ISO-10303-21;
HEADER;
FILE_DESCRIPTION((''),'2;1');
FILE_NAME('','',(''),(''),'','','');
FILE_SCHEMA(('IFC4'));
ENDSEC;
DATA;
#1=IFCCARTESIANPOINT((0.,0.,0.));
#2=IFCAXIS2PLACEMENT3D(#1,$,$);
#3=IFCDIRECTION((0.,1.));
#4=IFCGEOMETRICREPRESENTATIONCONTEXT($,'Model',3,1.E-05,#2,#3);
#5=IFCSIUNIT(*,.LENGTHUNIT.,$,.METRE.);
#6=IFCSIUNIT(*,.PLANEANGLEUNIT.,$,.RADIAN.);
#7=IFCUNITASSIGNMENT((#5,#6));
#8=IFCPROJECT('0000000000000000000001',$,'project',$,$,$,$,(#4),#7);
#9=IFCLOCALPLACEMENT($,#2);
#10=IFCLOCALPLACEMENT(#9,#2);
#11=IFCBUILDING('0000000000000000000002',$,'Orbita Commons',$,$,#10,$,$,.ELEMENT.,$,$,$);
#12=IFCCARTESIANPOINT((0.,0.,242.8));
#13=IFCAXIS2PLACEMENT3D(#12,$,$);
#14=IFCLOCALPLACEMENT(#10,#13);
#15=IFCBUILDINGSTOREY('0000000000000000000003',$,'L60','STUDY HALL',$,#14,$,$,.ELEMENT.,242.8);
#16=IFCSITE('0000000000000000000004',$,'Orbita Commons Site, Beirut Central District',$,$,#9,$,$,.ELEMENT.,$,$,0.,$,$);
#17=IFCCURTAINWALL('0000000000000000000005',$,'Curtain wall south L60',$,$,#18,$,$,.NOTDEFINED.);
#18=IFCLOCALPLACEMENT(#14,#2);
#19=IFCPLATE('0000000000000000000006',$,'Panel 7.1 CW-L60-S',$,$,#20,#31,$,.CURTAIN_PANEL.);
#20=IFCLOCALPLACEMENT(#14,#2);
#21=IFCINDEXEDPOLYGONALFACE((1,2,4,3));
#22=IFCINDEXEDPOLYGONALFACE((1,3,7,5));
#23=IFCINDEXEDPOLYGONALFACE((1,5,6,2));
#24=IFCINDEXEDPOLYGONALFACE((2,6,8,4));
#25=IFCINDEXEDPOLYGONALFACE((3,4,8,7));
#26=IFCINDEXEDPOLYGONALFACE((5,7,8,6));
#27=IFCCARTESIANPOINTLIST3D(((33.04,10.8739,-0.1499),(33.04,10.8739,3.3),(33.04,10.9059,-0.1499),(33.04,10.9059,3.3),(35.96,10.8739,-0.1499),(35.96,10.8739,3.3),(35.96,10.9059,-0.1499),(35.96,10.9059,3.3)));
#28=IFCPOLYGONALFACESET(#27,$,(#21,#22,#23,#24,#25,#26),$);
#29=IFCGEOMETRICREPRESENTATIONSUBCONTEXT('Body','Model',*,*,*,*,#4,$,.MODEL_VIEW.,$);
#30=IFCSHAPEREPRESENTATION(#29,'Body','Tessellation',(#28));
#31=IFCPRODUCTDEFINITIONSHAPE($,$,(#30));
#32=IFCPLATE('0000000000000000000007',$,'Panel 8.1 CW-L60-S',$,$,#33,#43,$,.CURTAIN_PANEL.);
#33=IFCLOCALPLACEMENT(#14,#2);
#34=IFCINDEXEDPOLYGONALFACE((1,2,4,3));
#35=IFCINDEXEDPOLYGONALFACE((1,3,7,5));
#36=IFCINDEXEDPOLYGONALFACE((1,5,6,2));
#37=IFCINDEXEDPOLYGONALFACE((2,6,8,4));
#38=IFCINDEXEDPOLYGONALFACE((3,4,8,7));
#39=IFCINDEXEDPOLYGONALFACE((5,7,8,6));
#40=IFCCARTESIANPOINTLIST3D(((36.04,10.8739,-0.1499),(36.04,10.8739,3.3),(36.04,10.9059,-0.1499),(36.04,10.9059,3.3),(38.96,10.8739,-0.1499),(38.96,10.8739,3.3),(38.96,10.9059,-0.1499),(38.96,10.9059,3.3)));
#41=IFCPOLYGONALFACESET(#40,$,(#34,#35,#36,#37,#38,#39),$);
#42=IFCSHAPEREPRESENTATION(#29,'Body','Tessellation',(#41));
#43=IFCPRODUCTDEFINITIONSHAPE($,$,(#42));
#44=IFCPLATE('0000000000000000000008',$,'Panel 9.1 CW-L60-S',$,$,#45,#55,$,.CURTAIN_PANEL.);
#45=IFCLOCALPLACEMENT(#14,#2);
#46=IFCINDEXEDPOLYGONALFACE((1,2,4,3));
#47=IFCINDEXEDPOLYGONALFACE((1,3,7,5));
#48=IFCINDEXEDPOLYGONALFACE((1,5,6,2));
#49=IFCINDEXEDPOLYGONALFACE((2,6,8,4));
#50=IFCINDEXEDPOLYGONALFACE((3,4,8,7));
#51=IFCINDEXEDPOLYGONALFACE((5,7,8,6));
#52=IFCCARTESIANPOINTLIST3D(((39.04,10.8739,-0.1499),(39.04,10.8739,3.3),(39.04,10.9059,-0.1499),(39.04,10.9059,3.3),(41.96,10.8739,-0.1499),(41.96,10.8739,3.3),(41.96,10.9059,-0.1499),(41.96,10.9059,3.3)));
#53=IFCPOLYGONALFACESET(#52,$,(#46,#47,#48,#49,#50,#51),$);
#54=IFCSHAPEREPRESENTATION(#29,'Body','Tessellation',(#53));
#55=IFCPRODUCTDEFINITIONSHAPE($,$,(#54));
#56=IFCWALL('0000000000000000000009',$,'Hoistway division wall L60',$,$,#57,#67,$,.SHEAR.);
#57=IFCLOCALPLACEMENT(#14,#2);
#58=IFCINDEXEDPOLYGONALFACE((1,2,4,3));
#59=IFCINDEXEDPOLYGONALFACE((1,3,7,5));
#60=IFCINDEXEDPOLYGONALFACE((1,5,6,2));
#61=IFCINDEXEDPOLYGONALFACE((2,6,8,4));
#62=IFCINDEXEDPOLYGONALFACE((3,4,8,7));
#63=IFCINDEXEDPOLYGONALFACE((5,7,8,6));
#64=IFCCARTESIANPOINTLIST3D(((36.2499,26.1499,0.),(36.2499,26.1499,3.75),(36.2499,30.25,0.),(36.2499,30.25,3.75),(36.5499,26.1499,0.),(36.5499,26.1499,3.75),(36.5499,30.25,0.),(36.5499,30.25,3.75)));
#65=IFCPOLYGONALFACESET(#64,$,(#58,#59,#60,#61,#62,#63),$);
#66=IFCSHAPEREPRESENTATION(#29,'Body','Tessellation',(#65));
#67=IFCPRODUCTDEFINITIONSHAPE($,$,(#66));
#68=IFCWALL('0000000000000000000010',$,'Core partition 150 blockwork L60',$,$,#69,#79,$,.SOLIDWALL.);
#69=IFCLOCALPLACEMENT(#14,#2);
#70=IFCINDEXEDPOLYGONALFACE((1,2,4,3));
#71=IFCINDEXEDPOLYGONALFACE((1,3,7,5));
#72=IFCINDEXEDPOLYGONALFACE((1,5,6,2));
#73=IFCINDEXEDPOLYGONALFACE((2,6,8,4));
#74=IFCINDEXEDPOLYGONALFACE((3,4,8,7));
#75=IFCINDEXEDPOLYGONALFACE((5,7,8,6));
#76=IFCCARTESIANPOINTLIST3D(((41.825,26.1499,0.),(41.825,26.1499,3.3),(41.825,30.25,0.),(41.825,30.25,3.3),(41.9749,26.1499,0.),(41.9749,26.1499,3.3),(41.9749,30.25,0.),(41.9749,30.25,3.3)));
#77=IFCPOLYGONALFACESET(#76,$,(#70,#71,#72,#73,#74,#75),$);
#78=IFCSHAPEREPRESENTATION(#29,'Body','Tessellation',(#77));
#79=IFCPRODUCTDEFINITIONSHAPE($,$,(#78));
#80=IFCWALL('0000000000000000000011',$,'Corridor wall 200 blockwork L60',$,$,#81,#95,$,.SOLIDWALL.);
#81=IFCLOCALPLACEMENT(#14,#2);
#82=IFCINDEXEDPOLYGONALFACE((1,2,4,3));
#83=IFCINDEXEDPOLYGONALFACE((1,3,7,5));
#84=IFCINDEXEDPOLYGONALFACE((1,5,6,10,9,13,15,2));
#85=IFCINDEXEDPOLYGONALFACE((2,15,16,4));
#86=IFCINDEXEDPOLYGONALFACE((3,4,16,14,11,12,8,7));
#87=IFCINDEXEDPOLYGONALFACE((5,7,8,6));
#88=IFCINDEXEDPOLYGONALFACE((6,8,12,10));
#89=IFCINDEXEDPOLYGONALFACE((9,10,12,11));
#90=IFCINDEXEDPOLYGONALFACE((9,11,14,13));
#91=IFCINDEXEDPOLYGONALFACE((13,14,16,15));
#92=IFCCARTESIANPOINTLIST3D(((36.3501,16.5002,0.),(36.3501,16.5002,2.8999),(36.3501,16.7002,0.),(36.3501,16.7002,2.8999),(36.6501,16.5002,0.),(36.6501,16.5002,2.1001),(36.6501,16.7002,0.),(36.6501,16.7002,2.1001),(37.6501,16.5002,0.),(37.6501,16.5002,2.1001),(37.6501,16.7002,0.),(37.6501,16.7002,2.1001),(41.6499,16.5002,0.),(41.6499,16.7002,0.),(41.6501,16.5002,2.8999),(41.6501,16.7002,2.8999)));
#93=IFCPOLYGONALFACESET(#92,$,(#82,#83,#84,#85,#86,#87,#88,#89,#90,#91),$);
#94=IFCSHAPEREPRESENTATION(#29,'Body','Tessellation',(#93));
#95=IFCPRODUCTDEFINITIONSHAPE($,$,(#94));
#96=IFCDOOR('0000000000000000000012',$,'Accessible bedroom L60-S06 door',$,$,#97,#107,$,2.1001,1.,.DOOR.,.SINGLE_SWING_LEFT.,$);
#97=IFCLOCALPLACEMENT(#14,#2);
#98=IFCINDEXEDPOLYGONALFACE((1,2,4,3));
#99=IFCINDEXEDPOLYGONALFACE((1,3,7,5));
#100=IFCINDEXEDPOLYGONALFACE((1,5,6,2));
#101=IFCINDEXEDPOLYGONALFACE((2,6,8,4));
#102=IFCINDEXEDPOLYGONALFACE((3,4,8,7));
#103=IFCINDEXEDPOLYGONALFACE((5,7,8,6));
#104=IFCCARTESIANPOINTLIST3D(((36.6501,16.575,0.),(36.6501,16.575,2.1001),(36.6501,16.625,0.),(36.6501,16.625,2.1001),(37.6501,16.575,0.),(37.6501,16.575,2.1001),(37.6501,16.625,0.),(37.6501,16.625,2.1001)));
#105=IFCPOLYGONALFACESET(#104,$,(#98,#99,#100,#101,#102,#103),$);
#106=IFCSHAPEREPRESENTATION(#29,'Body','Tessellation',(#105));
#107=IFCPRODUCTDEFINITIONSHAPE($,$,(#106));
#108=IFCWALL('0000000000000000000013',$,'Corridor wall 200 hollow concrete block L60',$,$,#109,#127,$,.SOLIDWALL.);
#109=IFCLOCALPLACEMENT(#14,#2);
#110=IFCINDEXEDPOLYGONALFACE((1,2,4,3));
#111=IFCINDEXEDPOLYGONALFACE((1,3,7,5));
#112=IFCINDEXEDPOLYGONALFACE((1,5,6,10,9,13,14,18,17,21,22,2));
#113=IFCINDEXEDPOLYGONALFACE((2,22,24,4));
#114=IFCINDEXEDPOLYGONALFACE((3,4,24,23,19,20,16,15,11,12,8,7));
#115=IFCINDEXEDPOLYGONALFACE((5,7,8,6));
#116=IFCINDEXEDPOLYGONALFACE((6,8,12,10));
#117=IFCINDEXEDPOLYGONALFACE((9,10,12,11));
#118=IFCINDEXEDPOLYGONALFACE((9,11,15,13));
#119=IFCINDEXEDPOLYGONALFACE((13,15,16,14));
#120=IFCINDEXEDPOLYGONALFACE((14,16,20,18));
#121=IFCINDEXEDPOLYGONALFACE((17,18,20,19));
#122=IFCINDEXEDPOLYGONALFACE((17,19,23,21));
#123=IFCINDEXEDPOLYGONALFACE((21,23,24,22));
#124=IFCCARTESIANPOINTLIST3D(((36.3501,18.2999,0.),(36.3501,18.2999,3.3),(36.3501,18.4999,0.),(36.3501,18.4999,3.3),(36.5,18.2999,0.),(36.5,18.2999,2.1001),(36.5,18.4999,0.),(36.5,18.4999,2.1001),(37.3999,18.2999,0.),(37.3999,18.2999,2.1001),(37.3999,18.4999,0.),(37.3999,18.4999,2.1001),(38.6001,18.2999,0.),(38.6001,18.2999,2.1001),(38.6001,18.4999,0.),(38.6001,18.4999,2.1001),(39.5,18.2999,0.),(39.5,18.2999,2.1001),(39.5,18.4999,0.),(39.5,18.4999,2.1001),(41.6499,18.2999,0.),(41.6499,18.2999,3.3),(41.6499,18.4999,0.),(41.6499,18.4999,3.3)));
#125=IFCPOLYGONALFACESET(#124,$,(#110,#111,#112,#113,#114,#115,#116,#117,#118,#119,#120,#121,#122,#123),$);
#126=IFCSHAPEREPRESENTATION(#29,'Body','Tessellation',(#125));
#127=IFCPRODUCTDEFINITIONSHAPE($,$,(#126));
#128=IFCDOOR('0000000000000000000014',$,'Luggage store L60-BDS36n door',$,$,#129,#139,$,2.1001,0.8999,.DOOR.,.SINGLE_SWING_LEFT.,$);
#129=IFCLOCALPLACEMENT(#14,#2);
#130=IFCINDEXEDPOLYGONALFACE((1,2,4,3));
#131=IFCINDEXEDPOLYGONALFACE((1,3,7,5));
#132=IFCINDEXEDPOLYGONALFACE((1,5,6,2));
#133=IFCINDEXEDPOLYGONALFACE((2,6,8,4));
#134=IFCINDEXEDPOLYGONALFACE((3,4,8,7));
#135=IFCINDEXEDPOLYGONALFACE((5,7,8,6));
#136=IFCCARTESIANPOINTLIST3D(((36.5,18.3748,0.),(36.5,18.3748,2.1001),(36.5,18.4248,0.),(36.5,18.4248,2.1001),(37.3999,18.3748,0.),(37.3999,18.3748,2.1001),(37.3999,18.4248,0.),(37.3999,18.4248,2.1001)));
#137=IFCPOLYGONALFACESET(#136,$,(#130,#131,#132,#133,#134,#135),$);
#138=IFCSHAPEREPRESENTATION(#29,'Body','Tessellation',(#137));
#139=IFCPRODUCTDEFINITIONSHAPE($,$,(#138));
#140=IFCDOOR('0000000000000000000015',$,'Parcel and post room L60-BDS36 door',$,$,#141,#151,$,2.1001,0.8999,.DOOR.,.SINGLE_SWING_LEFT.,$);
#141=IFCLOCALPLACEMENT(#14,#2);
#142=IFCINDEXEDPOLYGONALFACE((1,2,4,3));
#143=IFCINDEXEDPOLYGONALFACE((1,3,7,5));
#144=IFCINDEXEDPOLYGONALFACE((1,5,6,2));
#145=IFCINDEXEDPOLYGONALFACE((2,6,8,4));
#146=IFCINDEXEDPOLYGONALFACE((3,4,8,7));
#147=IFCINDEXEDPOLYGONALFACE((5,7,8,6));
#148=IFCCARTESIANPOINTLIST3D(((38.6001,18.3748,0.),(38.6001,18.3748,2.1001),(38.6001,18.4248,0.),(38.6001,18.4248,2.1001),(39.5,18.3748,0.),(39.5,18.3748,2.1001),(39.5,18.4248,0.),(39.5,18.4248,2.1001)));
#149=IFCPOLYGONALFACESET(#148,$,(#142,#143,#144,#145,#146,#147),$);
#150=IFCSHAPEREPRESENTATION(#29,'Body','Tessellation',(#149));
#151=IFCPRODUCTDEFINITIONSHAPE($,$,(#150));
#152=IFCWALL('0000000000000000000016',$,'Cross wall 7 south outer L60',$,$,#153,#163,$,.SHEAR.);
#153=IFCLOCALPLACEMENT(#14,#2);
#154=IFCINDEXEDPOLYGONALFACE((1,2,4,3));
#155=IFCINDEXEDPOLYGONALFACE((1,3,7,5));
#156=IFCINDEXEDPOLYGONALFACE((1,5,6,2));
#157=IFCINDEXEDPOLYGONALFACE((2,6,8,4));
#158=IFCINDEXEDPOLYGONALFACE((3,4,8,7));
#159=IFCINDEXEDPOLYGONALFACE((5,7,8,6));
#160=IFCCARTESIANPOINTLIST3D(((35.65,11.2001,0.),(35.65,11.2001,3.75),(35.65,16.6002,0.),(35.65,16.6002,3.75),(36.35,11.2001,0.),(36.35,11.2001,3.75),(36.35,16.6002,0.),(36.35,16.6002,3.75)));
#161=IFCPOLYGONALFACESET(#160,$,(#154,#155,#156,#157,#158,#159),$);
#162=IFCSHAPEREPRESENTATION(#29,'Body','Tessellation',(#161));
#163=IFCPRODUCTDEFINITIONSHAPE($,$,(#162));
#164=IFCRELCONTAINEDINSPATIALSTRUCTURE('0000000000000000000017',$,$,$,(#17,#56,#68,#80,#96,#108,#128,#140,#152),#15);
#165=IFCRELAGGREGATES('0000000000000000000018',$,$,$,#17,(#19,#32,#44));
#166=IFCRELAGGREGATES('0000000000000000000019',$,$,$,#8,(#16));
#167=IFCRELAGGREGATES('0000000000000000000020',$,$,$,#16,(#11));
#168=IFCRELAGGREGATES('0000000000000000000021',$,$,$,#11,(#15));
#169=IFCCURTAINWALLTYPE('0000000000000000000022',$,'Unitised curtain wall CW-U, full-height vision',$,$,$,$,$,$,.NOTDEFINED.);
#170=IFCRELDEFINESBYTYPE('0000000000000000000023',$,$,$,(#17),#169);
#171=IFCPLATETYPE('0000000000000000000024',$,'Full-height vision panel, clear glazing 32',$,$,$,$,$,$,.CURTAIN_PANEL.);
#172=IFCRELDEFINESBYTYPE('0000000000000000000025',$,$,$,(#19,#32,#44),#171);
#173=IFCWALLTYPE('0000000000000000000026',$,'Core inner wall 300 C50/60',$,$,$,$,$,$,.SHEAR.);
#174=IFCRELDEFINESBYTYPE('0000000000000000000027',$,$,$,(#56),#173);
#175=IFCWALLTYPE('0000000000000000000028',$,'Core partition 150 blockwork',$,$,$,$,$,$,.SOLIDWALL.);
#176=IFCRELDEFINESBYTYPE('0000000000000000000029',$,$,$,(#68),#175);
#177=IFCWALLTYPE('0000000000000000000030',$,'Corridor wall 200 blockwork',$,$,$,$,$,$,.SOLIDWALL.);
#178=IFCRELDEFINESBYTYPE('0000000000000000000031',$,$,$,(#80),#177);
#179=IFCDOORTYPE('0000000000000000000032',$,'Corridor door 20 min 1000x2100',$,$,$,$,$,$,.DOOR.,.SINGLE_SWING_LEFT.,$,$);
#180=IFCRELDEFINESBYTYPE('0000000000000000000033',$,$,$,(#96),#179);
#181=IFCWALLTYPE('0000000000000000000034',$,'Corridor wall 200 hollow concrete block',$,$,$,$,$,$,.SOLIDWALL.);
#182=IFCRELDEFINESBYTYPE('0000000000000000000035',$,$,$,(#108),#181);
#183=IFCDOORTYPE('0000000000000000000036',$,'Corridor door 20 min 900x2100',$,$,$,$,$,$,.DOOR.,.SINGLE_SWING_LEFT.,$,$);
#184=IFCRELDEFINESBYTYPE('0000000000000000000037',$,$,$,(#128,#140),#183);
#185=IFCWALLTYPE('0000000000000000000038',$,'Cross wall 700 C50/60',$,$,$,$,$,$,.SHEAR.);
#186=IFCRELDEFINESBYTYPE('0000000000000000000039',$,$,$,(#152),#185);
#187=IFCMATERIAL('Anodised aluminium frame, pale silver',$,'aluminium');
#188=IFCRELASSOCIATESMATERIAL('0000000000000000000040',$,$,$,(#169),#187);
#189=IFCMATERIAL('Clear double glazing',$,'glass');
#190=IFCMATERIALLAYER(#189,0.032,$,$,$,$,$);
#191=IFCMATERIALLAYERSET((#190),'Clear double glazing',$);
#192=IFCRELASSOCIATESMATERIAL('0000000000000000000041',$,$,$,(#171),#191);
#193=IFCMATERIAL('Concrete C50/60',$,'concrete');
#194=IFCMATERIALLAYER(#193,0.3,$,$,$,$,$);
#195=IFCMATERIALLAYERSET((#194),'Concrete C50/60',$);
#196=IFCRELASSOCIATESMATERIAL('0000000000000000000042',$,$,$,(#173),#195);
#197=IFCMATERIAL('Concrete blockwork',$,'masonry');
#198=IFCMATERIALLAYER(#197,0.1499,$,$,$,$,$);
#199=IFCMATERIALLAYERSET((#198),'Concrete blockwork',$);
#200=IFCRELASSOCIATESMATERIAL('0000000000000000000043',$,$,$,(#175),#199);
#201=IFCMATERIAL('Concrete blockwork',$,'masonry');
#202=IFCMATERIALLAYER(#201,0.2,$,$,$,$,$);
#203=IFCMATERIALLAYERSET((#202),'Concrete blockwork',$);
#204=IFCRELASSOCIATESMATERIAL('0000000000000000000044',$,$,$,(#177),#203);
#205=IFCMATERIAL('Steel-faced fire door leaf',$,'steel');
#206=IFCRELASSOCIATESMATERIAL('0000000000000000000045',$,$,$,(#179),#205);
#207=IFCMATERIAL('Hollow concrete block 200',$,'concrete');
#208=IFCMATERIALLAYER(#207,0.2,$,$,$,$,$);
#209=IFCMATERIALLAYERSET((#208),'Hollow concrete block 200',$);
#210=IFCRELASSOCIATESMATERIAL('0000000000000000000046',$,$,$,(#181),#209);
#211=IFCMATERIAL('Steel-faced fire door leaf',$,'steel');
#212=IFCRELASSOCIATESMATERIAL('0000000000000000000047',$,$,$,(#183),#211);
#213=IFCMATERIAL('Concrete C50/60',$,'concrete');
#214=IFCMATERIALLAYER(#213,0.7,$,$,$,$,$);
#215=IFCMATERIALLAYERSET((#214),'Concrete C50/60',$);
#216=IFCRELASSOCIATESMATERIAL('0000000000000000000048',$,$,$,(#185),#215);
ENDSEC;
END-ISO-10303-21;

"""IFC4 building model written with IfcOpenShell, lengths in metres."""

from ifc_helpers import new_model, si_unit, direction, frame, frame_2d, origin, origin_2d, place, context, subcontext, project, spatial, polyline, rectangle, outline, extrude, material, layer, layer_set, type_object, element, fill, aggregate, save


model = new_model("IFC4")

# Units and contexts
model_context = context("Model", 3, precision=1e-05, world=origin(), true_north=direction((0.0, 1.0)))
body_context = subcontext(model_context, "Body", "Model", "MODEL_VIEW")
ifc_project = project(units=[si_unit("LENGTHUNIT", "METRE"), si_unit("PLANEANGLEUNIT", "RADIAN")], contexts=[model_context])

# Site, building, storey
site_placement = place(None, origin())
site = spatial("IfcSite", under=ifc_project, at=site_placement, Name="Orbita Commons Site, Beirut Central District", CompositionType="ELEMENT", RefElevation=0.0)
building_placement = place(site_placement, origin())
building = spatial("IfcBuilding", under=site, at=building_placement, Name="Orbita Commons", CompositionType="ELEMENT")
storey_placement = place(building_placement, frame((0.0, 0.0, 242.8)))
storey = spatial("IfcBuildingStorey", under=building, at=storey_placement, Name="L60", Description="STUDY HALL", CompositionType="ELEMENT", Elevation=242.8)

# Curtain wall
ifc_material_1 = material(Name="Anodised aluminium frame, pale silver", Category="aluminium")
curtain_wall_type = type_object("IfcCurtainWallType", Name="Unitised curtain wall CW-U, full-height vision", PredefinedType="NOTDEFINED", material=ifc_material_1)
curtain_wall_placement = place(storey_placement, origin())
curtain_wall = element("IfcCurtainWall", 1, at=curtain_wall_placement, inside=storey, type_object=curtain_wall_type, Name="Curtain wall south L60", PredefinedType="NOTDEFINED")

# Plates
ifc_material_2 = material(Name="Clear double glazing", Category="glass")
ifc_layer_1 = layer(ifc_material_2, 0.032)
ifc_layer_set_1 = layer_set([ifc_layer_1], Name="Clear double glazing")
plate_type = type_object("IfcPlateType", Name="Full-height vision panel, clear glazing 32", PredefinedType="CURTAIN_PANEL", material=ifc_layer_set_1)
plate_1_placement = place(storey_placement, frame((34.5, 10.8899, -0.1499), z_axis=(0.0, 0.0, 1.0), x_axis=(1.0, 0.0, 0.0)))
plate_1 = element("IfcPlate", 2, at=plate_1_placement, type_object=plate_type, Name="Panel 7.1 CW-L60-S", PredefinedType="CURTAIN_PANEL", context=body_context, shape_type="SweptSolid", body=[
    extrude(rectangle(XDim=2.9199, YDim=0.032, at=origin_2d()), origin(), (0.0, 0.0, 1.0), 3.45),
])
plate_2_placement = place(storey_placement, frame((37.5, 10.8899, -0.1499), z_axis=(0.0, 0.0, 1.0), x_axis=(1.0, 0.0, 0.0)))
plate_2 = element("IfcPlate", 3, at=plate_2_placement, type_object=plate_type, Name="Panel 8.1 CW-L60-S", PredefinedType="CURTAIN_PANEL", context=body_context, shape_type="SweptSolid", body=[
    extrude(rectangle(XDim=2.9199, YDim=0.032, at=origin_2d()), origin(), (0.0, 0.0, 1.0), 3.45),
])
plate_3_placement = place(storey_placement, frame((40.5, 10.8899, -0.1499), z_axis=(0.0, 0.0, 1.0), x_axis=(1.0, 0.0, 0.0)))
plate_3 = element("IfcPlate", 4, at=plate_3_placement, type_object=plate_type, Name="Panel 9.1 CW-L60-S", PredefinedType="CURTAIN_PANEL", context=body_context, shape_type="SweptSolid", body=[
    extrude(rectangle(XDim=2.9199, YDim=0.032, at=origin_2d()), origin(), (0.0, 0.0, 1.0), 3.45),
])
aggregate(curtain_wall, [plate_1, plate_2, plate_3])

# Walls
ifc_material_3 = material(Name="Concrete C50/60", Category="concrete")
ifc_layer_2 = layer(ifc_material_3, 0.3)
ifc_layer_set_2 = layer_set([ifc_layer_2], Name="Concrete C50/60")
wall_type_1 = type_object("IfcWallType", Name="Core inner wall 300 C50/60", PredefinedType="SHEAR", material=ifc_layer_set_2)
wall_1_placement = place(storey_placement, frame((36.3999, 26.1499, 0.0), z_axis=(0.0, 0.0, 1.0), x_axis=(0.0, 1.0, 0.0)))
element("IfcWall", 5, at=wall_1_placement, inside=storey, type_object=wall_type_1, Name="Hoistway division wall L60", PredefinedType="SHEAR", context=body_context, shape_type="SweptSolid", body=[
    extrude(rectangle(XDim=4.1001, YDim=0.3, at=frame_2d((2.05, 0.0))), origin(), (0.0, 0.0, 1.0), 3.75),
])
ifc_material_4 = material(Name="Concrete blockwork", Category="masonry")
ifc_layer_3 = layer(ifc_material_4, 0.1499)
ifc_layer_set_3 = layer_set([ifc_layer_3], Name="Concrete blockwork")
wall_type_2 = type_object("IfcWallType", Name="Core partition 150 blockwork", PredefinedType="SOLIDWALL", material=ifc_layer_set_3)
wall_2_placement = place(storey_placement, frame((41.8999, 26.1499, 0.0), z_axis=(0.0, 0.0, 1.0), x_axis=(0.0, 1.0, 0.0)))
element("IfcWall", 6, at=wall_2_placement, inside=storey, type_object=wall_type_2, Name="Core partition 150 blockwork L60", PredefinedType="SOLIDWALL", context=body_context, shape_type="SweptSolid", body=[
    extrude(rectangle(XDim=4.1001, YDim=0.1499, at=frame_2d((2.05, 0.0))), origin(), (0.0, 0.0, 1.0), 3.3),
])

# Wall, opening, door
ifc_material_5 = material(Name="Concrete blockwork", Category="masonry")
ifc_layer_4 = layer(ifc_material_5, 0.2)
ifc_layer_set_4 = layer_set([ifc_layer_4], Name="Concrete blockwork")
wall_type_3 = type_object("IfcWallType", Name="Corridor wall 200 blockwork", PredefinedType="SOLIDWALL", material=ifc_layer_set_4)
wall_3_placement = place(storey_placement, frame((36.3501, 16.6001, 0.0), z_axis=(0.0, 0.0, 1.0), x_axis=(1.0, 0.0, 0.0)))
wall_3 = element("IfcWall", 7, at=wall_3_placement, inside=storey, type_object=wall_type_3, Name="Corridor wall 200 blockwork L60", PredefinedType="SOLIDWALL", context=body_context, shape_type="SweptSolid", body=[
    extrude(outline(polyline([(0.0, 0.0), (5.2998, 0.0), (5.3, 2.8999), (0.0, 2.8999), (0.0, 0.0)])), frame((0.0, 0.1001, 0.0), z_axis=(0.0, -1.0, 0.0), x_axis=(1.0, 0.0, 0.0)), (0.0, 0.0, 1.0), 0.2),
])
opening_1_placement = place(wall_3_placement, frame((0.3, 0.0, 0.0)))
opening_1 = element("IfcOpeningElement", 8, at=opening_1_placement, cuts=wall_3, PredefinedType="OPENING", context=body_context, shape_type="SweptSolid", body=[
    extrude(rectangle(XDim=1.0, YDim=2.1001, at=frame_2d((0.5, 1.05))), frame((0.0, 0.1099, 0.0), z_axis=(0.0, -1.0, 0.0), x_axis=(1.0, 0.0, 0.0)), (0.0, 0.0, 1.0), 0.22),
])
ifc_material_6 = material(Name="Steel-faced fire door leaf", Category="steel")
door_type_1 = type_object("IfcDoorType", Name="Corridor door 20 min 1000x2100", OperationType="SINGLE_SWING_LEFT", PredefinedType="DOOR", material=ifc_material_6)
door_1_placement = place(opening_1_placement, origin())
door_1 = element("IfcDoor", 9, at=door_1_placement, inside=storey, type_object=door_type_1, Name="Accessible bedroom L60-S06 door", OperationType="SINGLE_SWING_LEFT", OverallHeight=2.1001, OverallWidth=1.0, PredefinedType="DOOR", context=body_context, shape_type="SweptSolid", body=[
    extrude(rectangle(XDim=1.0, YDim=2.1001, at=frame_2d((0.5, 1.05))), frame((0.0, 0.0249, 0.0), z_axis=(0.0, -1.0, 0.0), x_axis=(1.0, 0.0, 0.0)), (0.0, 0.0, 1.0), 0.05),
])
fill(opening_1, door_1)

# Wall, openings, doors
ifc_material_7 = material(Name="Hollow concrete block 200", Category="concrete")
ifc_layer_5 = layer(ifc_material_7, 0.2)
ifc_layer_set_5 = layer_set([ifc_layer_5], Name="Hollow concrete block 200")
wall_type_4 = type_object("IfcWallType", Name="Corridor wall 200 hollow concrete block", PredefinedType="SOLIDWALL", material=ifc_layer_set_5)
wall_4_placement = place(storey_placement, frame((36.3501, 18.3999, 0.0), z_axis=(0.0, 0.0, 1.0), x_axis=(1.0, 0.0, 0.0)))
wall_4 = element("IfcWall", 10, at=wall_4_placement, inside=storey, type_object=wall_type_4, Name="Corridor wall 200 hollow concrete block L60", PredefinedType="SOLIDWALL", context=body_context, shape_type="SweptSolid", body=[
    extrude(rectangle(XDim=5.2998, YDim=0.2, at=frame_2d((2.6499, 0.0))), origin(), (0.0, 0.0, 1.0), 3.3),
])
opening_2_placement = place(wall_4_placement, frame((0.1499, 0.0, 0.0)))
opening_2 = element("IfcOpeningElement", 11, at=opening_2_placement, cuts=wall_4, PredefinedType="OPENING", context=body_context, shape_type="SweptSolid", body=[
    extrude(rectangle(XDim=0.8999, YDim=2.1001, at=frame_2d((0.45, 1.05))), frame((0.0, 0.1099, 0.0), z_axis=(0.0, -1.0, 0.0), x_axis=(1.0, 0.0, 0.0)), (0.0, 0.0, 1.0), 0.22),
])
opening_3_placement = place(wall_4_placement, frame((2.25, 0.0, 0.0)))
opening_3 = element("IfcOpeningElement", 12, at=opening_3_placement, cuts=wall_4, PredefinedType="OPENING", context=body_context, shape_type="SweptSolid", body=[
    extrude(rectangle(XDim=0.8999, YDim=2.1001, at=frame_2d((0.45, 1.05))), frame((0.0, 0.1099, 0.0), z_axis=(0.0, -1.0, 0.0), x_axis=(1.0, 0.0, 0.0)), (0.0, 0.0, 1.0), 0.22),
])
ifc_material_8 = material(Name="Steel-faced fire door leaf", Category="steel")
door_type_2 = type_object("IfcDoorType", Name="Corridor door 20 min 900x2100", OperationType="SINGLE_SWING_LEFT", PredefinedType="DOOR", material=ifc_material_8)
door_2_placement = place(opening_2_placement, origin())
door_2 = element("IfcDoor", 13, at=door_2_placement, inside=storey, type_object=door_type_2, Name="Luggage store L60-BDS36n door", OperationType="SINGLE_SWING_LEFT", OverallHeight=2.1001, OverallWidth=0.8999, PredefinedType="DOOR", context=body_context, shape_type="SweptSolid", body=[
    extrude(rectangle(XDim=0.8999, YDim=2.1001, at=frame_2d((0.45, 1.05))), frame((0.0, 0.0249, 0.0), z_axis=(0.0, -1.0, 0.0), x_axis=(1.0, 0.0, 0.0)), (0.0, 0.0, 1.0), 0.05),
])
fill(opening_2, door_2)
door_3_placement = place(opening_3_placement, origin())
door_3 = element("IfcDoor", 14, at=door_3_placement, inside=storey, type_object=door_type_2, Name="Parcel and post room L60-BDS36 door", OperationType="SINGLE_SWING_LEFT", OverallHeight=2.1001, OverallWidth=0.8999, PredefinedType="DOOR", context=body_context, shape_type="SweptSolid", body=[
    extrude(rectangle(XDim=0.8999, YDim=2.1001, at=frame_2d((0.45, 1.05))), frame((0.0, 0.0249, 0.0), z_axis=(0.0, -1.0, 0.0), x_axis=(1.0, 0.0, 0.0)), (0.0, 0.0, 1.0), 0.05),
])
fill(opening_3, door_3)

# Wall
ifc_material_9 = material(Name="Concrete C50/60", Category="concrete")
ifc_layer_6 = layer(ifc_material_9, 0.7)
ifc_layer_set_6 = layer_set([ifc_layer_6], Name="Concrete C50/60")
wall_type_5 = type_object("IfcWallType", Name="Cross wall 700 C50/60", PredefinedType="SHEAR", material=ifc_layer_set_6)
wall_5_placement = place(storey_placement, frame((36.0, 11.2, 0.0), z_axis=(0.0, 0.0, 1.0), x_axis=(0.0, 1.0, 0.0)))
element("IfcWall", 15, at=wall_5_placement, inside=storey, type_object=wall_type_5, Name="Cross wall 7 south outer L60", PredefinedType="SHEAR", context=body_context, shape_type="SweptSolid", body=[
    extrude(rectangle(XDim=5.4001, YDim=0.7, at=frame_2d((2.7002, 0.0))), origin(), (0.0, 0.0, 1.0), 3.75),
])

save(model, "model.ifc")
